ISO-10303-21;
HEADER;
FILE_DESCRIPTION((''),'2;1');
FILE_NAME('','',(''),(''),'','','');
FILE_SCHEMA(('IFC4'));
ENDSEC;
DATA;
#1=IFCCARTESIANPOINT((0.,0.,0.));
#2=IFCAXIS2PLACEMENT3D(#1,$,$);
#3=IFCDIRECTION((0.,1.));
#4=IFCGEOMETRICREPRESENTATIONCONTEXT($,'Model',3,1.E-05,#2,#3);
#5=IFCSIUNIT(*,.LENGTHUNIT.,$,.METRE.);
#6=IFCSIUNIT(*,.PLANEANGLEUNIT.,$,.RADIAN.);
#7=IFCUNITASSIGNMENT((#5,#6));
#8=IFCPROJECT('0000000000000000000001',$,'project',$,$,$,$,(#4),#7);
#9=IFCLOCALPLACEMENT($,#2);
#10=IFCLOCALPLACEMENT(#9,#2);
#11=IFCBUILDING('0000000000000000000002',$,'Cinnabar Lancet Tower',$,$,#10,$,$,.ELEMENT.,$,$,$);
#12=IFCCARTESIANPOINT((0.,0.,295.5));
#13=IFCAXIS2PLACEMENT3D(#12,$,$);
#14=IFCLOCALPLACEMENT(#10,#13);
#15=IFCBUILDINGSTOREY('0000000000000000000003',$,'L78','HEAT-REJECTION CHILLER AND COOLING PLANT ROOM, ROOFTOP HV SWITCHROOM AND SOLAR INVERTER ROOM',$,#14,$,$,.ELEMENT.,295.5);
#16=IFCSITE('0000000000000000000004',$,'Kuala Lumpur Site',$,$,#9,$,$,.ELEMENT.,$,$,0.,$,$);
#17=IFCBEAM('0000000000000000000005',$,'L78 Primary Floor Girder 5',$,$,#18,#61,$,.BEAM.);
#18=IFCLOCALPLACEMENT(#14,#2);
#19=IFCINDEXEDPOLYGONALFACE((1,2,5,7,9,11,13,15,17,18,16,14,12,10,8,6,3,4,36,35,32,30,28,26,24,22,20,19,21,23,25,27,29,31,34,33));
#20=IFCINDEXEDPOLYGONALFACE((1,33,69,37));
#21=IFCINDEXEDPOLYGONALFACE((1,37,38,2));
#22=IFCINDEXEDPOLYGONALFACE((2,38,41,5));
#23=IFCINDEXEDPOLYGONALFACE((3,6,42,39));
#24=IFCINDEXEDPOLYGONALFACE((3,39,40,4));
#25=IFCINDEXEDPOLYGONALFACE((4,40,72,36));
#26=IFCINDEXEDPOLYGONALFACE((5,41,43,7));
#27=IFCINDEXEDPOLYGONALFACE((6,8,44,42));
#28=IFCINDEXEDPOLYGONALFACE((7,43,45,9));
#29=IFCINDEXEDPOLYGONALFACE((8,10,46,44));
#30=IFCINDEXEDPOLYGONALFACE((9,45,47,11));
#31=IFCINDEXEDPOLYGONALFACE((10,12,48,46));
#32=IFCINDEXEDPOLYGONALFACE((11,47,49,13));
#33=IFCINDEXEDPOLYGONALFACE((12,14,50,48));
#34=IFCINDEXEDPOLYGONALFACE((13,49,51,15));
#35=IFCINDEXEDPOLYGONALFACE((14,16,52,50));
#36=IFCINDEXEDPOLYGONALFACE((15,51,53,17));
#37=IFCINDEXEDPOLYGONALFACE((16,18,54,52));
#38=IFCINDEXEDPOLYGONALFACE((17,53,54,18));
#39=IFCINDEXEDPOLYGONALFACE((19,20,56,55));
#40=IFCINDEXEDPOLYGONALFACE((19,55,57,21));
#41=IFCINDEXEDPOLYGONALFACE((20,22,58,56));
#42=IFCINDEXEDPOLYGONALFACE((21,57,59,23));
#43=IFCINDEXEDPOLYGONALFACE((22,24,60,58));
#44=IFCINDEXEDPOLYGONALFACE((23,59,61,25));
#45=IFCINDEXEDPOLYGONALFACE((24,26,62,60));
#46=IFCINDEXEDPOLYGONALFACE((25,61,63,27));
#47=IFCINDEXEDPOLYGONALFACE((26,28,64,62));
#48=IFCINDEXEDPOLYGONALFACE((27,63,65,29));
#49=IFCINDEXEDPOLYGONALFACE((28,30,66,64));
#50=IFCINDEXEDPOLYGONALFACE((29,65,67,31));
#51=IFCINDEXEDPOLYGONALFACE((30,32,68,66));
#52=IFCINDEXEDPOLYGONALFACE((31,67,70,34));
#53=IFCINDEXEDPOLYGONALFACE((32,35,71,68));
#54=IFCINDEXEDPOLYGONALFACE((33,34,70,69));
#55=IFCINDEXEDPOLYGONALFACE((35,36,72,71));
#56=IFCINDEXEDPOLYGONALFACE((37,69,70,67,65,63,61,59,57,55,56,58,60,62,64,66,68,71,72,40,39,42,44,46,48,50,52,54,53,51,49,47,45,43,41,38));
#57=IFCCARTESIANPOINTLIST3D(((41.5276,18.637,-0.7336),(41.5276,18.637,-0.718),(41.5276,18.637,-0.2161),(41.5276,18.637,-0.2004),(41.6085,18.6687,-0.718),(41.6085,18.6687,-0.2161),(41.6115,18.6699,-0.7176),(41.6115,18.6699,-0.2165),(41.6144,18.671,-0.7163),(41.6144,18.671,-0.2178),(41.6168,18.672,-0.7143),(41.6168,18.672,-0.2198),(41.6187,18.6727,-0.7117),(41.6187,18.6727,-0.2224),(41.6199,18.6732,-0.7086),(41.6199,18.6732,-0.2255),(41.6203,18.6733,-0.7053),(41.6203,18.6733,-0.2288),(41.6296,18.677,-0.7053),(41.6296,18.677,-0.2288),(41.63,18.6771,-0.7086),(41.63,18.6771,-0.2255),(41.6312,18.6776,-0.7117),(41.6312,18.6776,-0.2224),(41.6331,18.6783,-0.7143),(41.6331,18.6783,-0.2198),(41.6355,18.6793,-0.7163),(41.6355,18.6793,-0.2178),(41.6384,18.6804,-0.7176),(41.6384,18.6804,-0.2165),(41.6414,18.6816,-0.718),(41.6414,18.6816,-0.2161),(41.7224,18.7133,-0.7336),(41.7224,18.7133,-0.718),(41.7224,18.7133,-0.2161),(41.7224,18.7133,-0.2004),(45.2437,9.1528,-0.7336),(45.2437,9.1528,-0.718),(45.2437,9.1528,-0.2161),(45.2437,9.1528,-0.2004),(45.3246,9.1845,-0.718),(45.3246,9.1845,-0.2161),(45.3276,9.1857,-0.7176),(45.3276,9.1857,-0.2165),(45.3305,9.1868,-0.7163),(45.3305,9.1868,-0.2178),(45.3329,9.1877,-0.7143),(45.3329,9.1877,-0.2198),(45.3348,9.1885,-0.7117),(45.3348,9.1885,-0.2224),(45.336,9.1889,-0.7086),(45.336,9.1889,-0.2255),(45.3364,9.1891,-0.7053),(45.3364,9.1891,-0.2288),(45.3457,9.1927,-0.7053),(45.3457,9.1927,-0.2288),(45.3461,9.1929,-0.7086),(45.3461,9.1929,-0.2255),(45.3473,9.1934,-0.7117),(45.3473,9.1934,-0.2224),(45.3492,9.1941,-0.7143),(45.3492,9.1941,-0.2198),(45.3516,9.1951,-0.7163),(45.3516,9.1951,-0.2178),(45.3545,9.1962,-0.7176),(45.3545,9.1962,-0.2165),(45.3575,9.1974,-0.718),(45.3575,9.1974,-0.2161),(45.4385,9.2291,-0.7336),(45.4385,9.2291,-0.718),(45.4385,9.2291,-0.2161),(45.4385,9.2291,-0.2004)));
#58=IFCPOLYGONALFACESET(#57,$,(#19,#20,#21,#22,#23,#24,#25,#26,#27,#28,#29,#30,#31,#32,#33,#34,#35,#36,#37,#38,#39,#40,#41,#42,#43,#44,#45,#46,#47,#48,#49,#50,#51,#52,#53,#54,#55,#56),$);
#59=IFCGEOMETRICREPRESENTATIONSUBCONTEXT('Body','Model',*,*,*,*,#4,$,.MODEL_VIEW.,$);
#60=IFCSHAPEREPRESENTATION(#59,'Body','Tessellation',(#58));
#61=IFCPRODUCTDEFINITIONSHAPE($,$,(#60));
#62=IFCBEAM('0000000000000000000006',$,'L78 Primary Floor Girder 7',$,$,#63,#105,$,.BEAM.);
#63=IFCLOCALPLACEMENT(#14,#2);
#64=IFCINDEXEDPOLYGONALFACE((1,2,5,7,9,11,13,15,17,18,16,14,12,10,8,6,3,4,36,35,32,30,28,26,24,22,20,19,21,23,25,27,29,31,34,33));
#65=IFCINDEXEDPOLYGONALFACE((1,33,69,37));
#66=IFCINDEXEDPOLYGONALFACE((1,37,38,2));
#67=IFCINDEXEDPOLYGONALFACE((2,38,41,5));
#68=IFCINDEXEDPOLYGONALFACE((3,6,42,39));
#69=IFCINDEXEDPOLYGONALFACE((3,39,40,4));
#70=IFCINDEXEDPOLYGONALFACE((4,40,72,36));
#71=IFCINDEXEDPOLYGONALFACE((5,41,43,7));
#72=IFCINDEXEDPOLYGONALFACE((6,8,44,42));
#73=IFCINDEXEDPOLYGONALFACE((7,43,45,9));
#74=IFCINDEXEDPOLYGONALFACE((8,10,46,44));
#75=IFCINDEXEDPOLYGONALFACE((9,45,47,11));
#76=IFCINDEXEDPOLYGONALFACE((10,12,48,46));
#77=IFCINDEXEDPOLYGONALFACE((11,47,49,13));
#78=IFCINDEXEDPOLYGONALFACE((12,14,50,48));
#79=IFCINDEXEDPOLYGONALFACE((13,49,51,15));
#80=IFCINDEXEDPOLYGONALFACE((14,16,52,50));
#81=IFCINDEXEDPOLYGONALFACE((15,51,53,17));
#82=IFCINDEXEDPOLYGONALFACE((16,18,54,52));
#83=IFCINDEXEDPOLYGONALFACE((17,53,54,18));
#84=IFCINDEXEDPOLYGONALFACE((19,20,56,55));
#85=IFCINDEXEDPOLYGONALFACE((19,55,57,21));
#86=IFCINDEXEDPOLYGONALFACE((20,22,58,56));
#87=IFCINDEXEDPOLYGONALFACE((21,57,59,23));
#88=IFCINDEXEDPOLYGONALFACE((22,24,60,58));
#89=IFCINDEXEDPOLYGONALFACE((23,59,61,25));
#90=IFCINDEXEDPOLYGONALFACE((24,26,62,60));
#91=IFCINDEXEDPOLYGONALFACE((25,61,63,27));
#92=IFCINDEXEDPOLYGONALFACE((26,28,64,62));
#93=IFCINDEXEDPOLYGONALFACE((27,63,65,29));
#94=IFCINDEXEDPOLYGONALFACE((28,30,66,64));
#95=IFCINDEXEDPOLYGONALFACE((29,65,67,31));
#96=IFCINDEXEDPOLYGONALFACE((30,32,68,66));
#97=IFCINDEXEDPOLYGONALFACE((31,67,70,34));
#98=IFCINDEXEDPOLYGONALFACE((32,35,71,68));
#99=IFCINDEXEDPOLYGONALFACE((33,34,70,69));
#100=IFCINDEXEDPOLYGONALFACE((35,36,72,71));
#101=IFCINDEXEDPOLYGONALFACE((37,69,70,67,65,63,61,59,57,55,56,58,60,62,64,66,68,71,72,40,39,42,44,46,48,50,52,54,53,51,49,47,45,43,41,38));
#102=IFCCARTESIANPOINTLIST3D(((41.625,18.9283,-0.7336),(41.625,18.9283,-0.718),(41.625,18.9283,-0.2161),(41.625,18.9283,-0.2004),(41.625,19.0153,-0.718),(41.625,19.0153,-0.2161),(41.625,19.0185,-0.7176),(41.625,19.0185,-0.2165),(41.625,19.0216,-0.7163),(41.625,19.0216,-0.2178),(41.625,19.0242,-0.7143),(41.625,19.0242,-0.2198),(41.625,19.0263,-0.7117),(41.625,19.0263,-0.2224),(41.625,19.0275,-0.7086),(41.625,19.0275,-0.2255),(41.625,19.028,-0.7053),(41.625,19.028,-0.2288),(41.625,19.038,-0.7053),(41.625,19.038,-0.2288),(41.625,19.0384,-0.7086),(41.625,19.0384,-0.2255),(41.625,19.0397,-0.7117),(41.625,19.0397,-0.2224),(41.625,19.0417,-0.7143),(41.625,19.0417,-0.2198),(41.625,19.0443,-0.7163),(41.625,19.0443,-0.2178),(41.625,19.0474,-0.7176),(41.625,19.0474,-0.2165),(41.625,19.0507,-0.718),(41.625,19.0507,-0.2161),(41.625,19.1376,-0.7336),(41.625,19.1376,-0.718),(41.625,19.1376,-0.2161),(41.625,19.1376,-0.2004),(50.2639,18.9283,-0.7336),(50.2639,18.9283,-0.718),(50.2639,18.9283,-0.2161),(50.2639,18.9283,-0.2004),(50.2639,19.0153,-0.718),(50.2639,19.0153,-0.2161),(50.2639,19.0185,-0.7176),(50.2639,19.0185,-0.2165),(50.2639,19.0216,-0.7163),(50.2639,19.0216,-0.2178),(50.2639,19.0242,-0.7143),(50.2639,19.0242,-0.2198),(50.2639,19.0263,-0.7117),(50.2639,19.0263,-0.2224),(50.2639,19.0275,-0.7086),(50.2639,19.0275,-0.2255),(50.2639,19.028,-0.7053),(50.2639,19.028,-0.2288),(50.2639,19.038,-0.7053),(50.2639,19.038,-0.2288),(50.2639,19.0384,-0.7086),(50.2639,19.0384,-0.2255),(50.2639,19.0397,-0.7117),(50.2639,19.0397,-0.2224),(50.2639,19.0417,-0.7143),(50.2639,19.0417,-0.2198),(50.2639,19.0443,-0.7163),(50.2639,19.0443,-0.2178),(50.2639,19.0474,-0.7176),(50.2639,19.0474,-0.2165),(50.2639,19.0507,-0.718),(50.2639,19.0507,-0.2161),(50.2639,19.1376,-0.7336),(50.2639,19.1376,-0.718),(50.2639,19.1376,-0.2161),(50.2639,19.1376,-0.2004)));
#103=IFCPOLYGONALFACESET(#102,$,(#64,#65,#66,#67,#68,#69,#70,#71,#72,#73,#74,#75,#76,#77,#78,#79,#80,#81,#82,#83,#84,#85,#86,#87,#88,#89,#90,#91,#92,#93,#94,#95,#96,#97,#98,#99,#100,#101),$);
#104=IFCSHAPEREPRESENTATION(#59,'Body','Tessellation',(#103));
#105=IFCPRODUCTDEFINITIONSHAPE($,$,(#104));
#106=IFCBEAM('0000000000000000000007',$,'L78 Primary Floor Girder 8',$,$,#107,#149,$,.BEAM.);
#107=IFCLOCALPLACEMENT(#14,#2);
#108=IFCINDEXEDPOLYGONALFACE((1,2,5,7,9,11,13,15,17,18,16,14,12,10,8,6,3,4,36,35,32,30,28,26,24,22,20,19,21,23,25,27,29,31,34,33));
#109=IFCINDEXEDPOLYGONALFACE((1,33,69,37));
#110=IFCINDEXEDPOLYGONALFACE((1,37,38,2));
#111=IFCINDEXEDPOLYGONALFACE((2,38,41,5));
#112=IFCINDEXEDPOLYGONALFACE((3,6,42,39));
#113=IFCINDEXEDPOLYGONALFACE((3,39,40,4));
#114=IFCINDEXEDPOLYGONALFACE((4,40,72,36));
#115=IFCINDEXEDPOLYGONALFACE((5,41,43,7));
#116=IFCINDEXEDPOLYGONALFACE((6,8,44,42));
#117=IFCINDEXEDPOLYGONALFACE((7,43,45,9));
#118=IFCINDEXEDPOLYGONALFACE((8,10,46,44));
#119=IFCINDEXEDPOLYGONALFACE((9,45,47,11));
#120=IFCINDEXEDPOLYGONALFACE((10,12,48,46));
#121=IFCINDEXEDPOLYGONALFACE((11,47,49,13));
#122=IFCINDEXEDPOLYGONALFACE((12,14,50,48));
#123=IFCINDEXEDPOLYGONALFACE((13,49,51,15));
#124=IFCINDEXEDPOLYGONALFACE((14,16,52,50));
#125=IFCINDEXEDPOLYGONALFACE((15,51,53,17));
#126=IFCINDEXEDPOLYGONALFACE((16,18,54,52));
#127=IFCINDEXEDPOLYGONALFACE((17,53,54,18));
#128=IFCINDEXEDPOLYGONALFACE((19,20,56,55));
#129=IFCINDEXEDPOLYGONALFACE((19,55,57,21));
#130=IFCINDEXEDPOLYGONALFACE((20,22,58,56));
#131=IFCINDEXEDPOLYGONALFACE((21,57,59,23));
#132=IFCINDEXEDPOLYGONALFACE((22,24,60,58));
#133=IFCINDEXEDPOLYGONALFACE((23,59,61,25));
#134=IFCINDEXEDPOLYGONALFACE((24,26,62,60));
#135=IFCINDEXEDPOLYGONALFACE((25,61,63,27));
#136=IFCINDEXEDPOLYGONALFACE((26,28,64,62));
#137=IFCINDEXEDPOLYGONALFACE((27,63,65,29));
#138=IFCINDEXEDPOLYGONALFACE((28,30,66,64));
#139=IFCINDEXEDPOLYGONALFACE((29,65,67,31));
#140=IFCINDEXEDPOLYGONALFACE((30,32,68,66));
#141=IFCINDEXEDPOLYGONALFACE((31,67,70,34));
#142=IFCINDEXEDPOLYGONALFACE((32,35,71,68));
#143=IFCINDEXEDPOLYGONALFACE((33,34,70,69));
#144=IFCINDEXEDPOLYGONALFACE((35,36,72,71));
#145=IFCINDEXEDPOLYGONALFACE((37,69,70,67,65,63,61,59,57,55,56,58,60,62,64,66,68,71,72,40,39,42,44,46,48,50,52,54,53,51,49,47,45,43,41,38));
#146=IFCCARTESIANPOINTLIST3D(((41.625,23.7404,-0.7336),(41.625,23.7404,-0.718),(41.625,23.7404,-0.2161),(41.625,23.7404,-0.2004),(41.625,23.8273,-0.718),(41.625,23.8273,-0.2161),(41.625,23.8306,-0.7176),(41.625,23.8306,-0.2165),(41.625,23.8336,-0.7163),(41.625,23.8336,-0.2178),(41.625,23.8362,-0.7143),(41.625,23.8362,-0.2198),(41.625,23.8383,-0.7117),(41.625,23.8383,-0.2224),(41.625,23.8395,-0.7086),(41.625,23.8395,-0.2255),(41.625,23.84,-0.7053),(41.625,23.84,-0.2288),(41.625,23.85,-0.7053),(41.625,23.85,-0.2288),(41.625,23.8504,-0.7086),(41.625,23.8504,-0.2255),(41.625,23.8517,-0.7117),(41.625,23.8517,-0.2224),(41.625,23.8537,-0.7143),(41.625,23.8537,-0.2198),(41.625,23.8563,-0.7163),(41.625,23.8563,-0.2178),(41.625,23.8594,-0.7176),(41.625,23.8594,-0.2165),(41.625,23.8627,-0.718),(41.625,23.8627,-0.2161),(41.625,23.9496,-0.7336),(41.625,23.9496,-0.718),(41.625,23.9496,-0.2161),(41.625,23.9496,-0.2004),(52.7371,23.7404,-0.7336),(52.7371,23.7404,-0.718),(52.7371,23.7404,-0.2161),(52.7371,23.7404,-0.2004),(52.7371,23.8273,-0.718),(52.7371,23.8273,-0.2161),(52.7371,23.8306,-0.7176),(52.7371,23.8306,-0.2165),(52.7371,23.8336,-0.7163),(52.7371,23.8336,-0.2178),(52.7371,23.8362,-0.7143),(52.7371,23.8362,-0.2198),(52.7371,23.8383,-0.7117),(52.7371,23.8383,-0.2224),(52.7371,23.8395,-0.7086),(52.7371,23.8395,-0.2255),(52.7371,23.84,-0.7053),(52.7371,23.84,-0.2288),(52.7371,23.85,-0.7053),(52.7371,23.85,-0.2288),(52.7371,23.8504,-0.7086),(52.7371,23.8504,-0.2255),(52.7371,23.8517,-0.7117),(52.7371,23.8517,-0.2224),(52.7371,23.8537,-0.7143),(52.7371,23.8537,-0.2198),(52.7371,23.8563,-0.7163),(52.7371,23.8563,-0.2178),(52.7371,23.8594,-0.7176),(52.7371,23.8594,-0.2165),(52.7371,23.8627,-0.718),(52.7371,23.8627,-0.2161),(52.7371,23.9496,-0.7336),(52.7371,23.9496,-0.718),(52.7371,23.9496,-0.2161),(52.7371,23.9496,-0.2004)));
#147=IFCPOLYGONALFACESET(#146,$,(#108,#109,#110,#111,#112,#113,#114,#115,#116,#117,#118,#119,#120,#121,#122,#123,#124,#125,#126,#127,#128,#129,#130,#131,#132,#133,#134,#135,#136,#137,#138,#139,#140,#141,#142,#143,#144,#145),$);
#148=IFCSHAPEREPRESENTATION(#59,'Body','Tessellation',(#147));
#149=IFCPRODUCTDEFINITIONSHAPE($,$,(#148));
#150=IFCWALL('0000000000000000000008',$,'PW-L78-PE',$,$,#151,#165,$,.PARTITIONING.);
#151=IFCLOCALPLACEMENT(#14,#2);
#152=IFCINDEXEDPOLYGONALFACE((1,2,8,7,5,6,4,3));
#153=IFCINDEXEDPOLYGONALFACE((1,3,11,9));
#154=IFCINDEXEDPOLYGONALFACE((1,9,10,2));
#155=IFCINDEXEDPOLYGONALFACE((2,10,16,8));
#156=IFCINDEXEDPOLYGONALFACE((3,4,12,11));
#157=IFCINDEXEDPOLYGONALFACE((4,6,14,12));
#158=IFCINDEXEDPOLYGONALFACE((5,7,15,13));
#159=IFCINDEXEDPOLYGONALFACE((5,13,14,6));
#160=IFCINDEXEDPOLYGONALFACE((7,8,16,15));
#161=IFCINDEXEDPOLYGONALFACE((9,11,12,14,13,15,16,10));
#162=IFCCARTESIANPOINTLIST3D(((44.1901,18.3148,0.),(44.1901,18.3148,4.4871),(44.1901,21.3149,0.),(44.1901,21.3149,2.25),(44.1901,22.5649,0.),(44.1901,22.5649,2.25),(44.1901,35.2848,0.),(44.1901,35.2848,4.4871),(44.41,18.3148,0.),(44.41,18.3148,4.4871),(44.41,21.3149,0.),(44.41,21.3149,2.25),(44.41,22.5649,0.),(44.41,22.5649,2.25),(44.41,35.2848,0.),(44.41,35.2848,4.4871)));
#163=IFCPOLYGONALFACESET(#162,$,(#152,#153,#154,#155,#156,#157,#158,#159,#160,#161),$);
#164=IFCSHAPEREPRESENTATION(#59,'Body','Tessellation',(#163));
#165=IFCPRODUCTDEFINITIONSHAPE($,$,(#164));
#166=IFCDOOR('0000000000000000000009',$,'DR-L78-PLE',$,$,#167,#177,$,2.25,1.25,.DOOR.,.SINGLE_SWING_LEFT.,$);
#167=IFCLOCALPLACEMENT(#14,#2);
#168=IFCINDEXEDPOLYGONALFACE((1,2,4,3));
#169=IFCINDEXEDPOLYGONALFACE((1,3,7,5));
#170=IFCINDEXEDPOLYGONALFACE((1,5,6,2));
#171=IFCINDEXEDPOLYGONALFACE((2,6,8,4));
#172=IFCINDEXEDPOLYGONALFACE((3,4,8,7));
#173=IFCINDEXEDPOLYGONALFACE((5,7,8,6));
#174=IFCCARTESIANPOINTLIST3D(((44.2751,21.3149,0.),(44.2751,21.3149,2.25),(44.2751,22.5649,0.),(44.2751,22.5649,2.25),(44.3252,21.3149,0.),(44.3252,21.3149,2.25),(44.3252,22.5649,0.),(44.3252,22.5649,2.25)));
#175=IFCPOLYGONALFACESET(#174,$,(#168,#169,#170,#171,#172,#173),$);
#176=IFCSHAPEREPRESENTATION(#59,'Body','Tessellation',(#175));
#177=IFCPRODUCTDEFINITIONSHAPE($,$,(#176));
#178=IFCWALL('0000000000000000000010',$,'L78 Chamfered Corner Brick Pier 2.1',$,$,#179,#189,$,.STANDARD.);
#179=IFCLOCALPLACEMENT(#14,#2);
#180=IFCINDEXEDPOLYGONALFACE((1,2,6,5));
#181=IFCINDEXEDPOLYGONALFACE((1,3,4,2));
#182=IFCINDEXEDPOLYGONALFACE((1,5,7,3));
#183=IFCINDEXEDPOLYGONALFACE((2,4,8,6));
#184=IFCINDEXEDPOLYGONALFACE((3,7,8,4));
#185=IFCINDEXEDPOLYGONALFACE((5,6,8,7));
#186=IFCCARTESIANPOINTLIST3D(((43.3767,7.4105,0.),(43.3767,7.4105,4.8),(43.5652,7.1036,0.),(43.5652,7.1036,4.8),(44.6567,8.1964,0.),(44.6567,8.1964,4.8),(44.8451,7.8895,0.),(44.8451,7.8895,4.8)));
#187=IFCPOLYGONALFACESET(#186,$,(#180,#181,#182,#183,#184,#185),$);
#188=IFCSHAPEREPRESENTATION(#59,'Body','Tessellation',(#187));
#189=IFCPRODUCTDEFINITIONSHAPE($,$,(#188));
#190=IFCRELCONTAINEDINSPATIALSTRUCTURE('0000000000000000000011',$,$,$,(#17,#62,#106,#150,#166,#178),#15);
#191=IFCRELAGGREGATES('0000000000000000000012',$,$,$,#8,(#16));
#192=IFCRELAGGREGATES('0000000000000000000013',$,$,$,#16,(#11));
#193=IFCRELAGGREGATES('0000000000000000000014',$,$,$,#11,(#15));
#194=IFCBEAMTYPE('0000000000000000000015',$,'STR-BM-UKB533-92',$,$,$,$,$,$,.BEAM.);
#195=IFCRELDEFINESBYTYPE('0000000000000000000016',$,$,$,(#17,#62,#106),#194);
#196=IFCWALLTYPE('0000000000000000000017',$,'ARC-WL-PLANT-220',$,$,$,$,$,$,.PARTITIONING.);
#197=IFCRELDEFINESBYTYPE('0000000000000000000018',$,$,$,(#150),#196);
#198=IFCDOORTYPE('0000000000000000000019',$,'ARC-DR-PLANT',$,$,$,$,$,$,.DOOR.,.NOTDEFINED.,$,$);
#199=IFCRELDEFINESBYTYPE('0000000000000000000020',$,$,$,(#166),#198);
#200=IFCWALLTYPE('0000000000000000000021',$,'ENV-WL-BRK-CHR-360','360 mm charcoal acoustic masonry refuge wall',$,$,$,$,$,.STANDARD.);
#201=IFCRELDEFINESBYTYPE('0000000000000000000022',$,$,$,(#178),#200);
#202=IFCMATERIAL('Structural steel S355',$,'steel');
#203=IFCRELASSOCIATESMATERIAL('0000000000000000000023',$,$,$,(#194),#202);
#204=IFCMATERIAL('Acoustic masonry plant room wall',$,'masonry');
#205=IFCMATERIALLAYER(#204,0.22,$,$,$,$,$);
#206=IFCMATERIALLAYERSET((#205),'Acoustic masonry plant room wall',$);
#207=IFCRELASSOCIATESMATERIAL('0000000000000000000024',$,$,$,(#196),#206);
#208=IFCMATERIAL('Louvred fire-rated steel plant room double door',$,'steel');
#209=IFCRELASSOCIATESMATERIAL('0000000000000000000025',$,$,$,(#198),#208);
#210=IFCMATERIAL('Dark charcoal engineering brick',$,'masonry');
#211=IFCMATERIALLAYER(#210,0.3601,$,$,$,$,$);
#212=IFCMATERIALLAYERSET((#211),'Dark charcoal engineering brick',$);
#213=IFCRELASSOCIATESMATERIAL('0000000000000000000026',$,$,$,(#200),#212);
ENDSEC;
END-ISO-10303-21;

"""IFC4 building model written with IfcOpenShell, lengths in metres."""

from ifc_helpers import new_model, si_unit, direction, frame, frame_2d, origin, origin_2d, place, context, subcontext, project, spatial, rectangle, i_section, extrude, material, layer, layer_set, material_profile, profile_set, type_object, element, fill, save


model = new_model("IFC4")

# Units and contexts
model_context = context("Model", 3, precision=1e-05, world=origin(), true_north=direction((0.0, 1.0)))
body_context = subcontext(model_context, "Body", "Model", "MODEL_VIEW")
ifc_project = project(units=[si_unit("LENGTHUNIT", "METRE"), si_unit("PLANEANGLEUNIT", "RADIAN")], contexts=[model_context])

# Site, building, storey
site_placement = place(None, origin())
site = spatial("IfcSite", under=ifc_project, at=site_placement, Name="Kuala Lumpur Site", CompositionType="ELEMENT", RefElevation=0.0)
building_placement = place(site_placement, origin())
building = spatial("IfcBuilding", under=site, at=building_placement, Name="Cinnabar Lancet Tower", CompositionType="ELEMENT")
storey_placement = place(building_placement, frame((0.0, 0.0, 295.5)))
storey = spatial("IfcBuildingStorey", under=building, at=storey_placement, Name="L78", Description="HEAT-REJECTION CHILLER AND COOLING PLANT ROOM, ROOFTOP HV SWITCHROOM AND SOLAR INVERTER ROOM", CompositionType="ELEMENT", Elevation=295.5)

# Beams
ifc_material_1 = material(Name="Structural steel S355", Category="steel")
ifc_material_profile_1 = material_profile(ifc_material_1, i_section(OverallWidth=0.2092, OverallDepth=0.5332, WebThickness=0.01, FlangeThickness=0.0156, FilletRadius=0.0127, at=origin_2d()), Name="UKB 533x210x92")
ifc_profile_set_1 = profile_set([ifc_material_profile_1], Name="Structural steel S355")
beam_type_1 = type_object("IfcBeamType", Name="STR-BM-UKB533-92", PredefinedType="BEAM", material=ifc_profile_set_1)
beam_1_placement = place(storey_placement, frame((45.3411, 9.1909, -0.467), z_axis=(-0.364815, 0.93108, 0.0), x_axis=(-0.93108, -0.364815, 0.0)))
element("IfcBeam", 1, at=beam_1_placement, inside=storey, type_object=beam_type_1, Name="L78 Primary Floor Girder 5", PredefinedType="BEAM", context=body_context, shape_type="SweptSolid", body=[
    extrude(i_section(OverallWidth=0.2092, OverallDepth=0.5332, WebThickness=0.01, FlangeThickness=0.0156, FilletRadius=0.0127, at=origin_2d()), origin(), (0.0, 0.0, 1.0), 10.1863),
])
beam_2_placement = place(storey_placement, frame((50.2639, 19.033, -0.467), z_axis=(-1.0, 0.0, 0.0), x_axis=(0.0, -1.0, 0.0)))
element("IfcBeam", 2, at=beam_2_placement, inside=storey, type_object=beam_type_1, Name="L78 Primary Floor Girder 7", PredefinedType="BEAM", context=body_context, shape_type="SweptSolid", body=[
    extrude(i_section(OverallWidth=0.2092, OverallDepth=0.5332, WebThickness=0.01, FlangeThickness=0.0156, FilletRadius=0.0127, at=origin_2d()), origin(), (0.0, 0.0, 1.0), 8.6389),
])
beam_3_placement = place(storey_placement, frame((52.7371, 23.845, -0.467), z_axis=(-1.0, 0.0, 0.0), x_axis=(0.0, -1.0, 0.0)))
element("IfcBeam", 3, at=beam_3_placement, inside=storey, type_object=beam_type_1, Name="L78 Primary Floor Girder 8", PredefinedType="BEAM", context=body_context, shape_type="SweptSolid", body=[
    extrude(i_section(OverallWidth=0.2092, OverallDepth=0.5332, WebThickness=0.01, FlangeThickness=0.0156, FilletRadius=0.0127, at=origin_2d()), origin(), (0.0, 0.0, 1.0), 11.1121),
])

# Wall, opening, door
ifc_material_2 = material(Name="Acoustic masonry plant room wall", Category="masonry")
ifc_layer_1 = layer(ifc_material_2, 0.22)
ifc_layer_set_1 = layer_set([ifc_layer_1], Name="Acoustic masonry plant room wall")
wall_type_1 = type_object("IfcWallType", Name="ARC-WL-PLANT-220", PredefinedType="PARTITIONING", material=ifc_layer_set_1)
wall_1_placement = place(storey_placement, frame((44.3, 18.3149, 0.0), z_axis=(0.0, 0.0, 1.0), x_axis=(0.0, 1.0, 0.0)))
wall_1 = element("IfcWall", 4, at=wall_1_placement, inside=storey, type_object=wall_type_1, Name="PW-L78-PE", PredefinedType="PARTITIONING", context=body_context, shape_type="SweptSolid", body=[
    extrude(rectangle(XDim=16.97, YDim=0.22, at=frame_2d((8.4849, 0.0))), origin(), (0.0, 0.0, 1.0), 4.4871),
])
opening_placement = place(wall_1_placement, frame((3.0, 0.0, 0.0)))
opening = element("IfcOpeningElement", 5, at=opening_placement, cuts=wall_1, PredefinedType="OPENING", context=body_context, shape_type="SweptSolid", body=[
    extrude(rectangle(XDim=1.25, YDim=2.25, at=frame_2d((0.625, 1.125))), frame((0.0, 0.1199, 0.0), z_axis=(0.0, -1.0, 0.0), x_axis=(1.0, 0.0, 0.0)), (0.0, 0.0, 1.0), 0.24),
])
ifc_material_3 = material(Name="Louvred fire-rated steel plant room double door", Category="steel")
door_type = type_object("IfcDoorType", Name="ARC-DR-PLANT", OperationType="NOTDEFINED", PredefinedType="DOOR", material=ifc_material_3)
door_placement = place(opening_placement, origin())
door = element("IfcDoor", 6, at=door_placement, inside=storey, type_object=door_type, Name="DR-L78-PLE", OperationType="SINGLE_SWING_LEFT", OverallHeight=2.25, OverallWidth=1.25, PredefinedType="DOOR", context=body_context, shape_type="SweptSolid", body=[
    extrude(rectangle(XDim=1.25, YDim=2.25, at=frame_2d((0.625, 1.125))), frame((0.0, 0.0249, 0.0), z_axis=(0.0, -1.0, 0.0), x_axis=(1.0, 0.0, 0.0)), (0.0, 0.0, 1.0), 0.05),
])
fill(opening, door)

# Wall
ifc_material_4 = material(Name="Dark charcoal engineering brick", Category="masonry")
ifc_layer_2 = layer(ifc_material_4, 0.3601)
ifc_layer_set_2 = layer_set([ifc_layer_2], Name="Dark charcoal engineering brick")
wall_type_2 = type_object("IfcWallType", Name="ENV-WL-BRK-CHR-360", Description="360 mm charcoal acoustic masonry refuge wall", PredefinedType="STANDARD", material=ifc_layer_set_2)
wall_2_placement = place(storey_placement, frame((43.4709, 7.2571, 0.0), z_axis=(0.0, 0.0, 1.0), x_axis=(0.852199, 0.523217, 0.0)))
element("IfcWall", 7, at=wall_2_placement, inside=storey, type_object=wall_type_2, Name="L78 Chamfered Corner Brick Pier 2.1", PredefinedType="STANDARD", context=body_context, shape_type="SweptSolid", body=[
    extrude(rectangle(XDim=1.502, YDim=0.3601, at=frame_2d((0.751, 0.0))), origin(), (0.0, 0.0, 1.0), 4.8),
])

save(model, "model.ifc")
